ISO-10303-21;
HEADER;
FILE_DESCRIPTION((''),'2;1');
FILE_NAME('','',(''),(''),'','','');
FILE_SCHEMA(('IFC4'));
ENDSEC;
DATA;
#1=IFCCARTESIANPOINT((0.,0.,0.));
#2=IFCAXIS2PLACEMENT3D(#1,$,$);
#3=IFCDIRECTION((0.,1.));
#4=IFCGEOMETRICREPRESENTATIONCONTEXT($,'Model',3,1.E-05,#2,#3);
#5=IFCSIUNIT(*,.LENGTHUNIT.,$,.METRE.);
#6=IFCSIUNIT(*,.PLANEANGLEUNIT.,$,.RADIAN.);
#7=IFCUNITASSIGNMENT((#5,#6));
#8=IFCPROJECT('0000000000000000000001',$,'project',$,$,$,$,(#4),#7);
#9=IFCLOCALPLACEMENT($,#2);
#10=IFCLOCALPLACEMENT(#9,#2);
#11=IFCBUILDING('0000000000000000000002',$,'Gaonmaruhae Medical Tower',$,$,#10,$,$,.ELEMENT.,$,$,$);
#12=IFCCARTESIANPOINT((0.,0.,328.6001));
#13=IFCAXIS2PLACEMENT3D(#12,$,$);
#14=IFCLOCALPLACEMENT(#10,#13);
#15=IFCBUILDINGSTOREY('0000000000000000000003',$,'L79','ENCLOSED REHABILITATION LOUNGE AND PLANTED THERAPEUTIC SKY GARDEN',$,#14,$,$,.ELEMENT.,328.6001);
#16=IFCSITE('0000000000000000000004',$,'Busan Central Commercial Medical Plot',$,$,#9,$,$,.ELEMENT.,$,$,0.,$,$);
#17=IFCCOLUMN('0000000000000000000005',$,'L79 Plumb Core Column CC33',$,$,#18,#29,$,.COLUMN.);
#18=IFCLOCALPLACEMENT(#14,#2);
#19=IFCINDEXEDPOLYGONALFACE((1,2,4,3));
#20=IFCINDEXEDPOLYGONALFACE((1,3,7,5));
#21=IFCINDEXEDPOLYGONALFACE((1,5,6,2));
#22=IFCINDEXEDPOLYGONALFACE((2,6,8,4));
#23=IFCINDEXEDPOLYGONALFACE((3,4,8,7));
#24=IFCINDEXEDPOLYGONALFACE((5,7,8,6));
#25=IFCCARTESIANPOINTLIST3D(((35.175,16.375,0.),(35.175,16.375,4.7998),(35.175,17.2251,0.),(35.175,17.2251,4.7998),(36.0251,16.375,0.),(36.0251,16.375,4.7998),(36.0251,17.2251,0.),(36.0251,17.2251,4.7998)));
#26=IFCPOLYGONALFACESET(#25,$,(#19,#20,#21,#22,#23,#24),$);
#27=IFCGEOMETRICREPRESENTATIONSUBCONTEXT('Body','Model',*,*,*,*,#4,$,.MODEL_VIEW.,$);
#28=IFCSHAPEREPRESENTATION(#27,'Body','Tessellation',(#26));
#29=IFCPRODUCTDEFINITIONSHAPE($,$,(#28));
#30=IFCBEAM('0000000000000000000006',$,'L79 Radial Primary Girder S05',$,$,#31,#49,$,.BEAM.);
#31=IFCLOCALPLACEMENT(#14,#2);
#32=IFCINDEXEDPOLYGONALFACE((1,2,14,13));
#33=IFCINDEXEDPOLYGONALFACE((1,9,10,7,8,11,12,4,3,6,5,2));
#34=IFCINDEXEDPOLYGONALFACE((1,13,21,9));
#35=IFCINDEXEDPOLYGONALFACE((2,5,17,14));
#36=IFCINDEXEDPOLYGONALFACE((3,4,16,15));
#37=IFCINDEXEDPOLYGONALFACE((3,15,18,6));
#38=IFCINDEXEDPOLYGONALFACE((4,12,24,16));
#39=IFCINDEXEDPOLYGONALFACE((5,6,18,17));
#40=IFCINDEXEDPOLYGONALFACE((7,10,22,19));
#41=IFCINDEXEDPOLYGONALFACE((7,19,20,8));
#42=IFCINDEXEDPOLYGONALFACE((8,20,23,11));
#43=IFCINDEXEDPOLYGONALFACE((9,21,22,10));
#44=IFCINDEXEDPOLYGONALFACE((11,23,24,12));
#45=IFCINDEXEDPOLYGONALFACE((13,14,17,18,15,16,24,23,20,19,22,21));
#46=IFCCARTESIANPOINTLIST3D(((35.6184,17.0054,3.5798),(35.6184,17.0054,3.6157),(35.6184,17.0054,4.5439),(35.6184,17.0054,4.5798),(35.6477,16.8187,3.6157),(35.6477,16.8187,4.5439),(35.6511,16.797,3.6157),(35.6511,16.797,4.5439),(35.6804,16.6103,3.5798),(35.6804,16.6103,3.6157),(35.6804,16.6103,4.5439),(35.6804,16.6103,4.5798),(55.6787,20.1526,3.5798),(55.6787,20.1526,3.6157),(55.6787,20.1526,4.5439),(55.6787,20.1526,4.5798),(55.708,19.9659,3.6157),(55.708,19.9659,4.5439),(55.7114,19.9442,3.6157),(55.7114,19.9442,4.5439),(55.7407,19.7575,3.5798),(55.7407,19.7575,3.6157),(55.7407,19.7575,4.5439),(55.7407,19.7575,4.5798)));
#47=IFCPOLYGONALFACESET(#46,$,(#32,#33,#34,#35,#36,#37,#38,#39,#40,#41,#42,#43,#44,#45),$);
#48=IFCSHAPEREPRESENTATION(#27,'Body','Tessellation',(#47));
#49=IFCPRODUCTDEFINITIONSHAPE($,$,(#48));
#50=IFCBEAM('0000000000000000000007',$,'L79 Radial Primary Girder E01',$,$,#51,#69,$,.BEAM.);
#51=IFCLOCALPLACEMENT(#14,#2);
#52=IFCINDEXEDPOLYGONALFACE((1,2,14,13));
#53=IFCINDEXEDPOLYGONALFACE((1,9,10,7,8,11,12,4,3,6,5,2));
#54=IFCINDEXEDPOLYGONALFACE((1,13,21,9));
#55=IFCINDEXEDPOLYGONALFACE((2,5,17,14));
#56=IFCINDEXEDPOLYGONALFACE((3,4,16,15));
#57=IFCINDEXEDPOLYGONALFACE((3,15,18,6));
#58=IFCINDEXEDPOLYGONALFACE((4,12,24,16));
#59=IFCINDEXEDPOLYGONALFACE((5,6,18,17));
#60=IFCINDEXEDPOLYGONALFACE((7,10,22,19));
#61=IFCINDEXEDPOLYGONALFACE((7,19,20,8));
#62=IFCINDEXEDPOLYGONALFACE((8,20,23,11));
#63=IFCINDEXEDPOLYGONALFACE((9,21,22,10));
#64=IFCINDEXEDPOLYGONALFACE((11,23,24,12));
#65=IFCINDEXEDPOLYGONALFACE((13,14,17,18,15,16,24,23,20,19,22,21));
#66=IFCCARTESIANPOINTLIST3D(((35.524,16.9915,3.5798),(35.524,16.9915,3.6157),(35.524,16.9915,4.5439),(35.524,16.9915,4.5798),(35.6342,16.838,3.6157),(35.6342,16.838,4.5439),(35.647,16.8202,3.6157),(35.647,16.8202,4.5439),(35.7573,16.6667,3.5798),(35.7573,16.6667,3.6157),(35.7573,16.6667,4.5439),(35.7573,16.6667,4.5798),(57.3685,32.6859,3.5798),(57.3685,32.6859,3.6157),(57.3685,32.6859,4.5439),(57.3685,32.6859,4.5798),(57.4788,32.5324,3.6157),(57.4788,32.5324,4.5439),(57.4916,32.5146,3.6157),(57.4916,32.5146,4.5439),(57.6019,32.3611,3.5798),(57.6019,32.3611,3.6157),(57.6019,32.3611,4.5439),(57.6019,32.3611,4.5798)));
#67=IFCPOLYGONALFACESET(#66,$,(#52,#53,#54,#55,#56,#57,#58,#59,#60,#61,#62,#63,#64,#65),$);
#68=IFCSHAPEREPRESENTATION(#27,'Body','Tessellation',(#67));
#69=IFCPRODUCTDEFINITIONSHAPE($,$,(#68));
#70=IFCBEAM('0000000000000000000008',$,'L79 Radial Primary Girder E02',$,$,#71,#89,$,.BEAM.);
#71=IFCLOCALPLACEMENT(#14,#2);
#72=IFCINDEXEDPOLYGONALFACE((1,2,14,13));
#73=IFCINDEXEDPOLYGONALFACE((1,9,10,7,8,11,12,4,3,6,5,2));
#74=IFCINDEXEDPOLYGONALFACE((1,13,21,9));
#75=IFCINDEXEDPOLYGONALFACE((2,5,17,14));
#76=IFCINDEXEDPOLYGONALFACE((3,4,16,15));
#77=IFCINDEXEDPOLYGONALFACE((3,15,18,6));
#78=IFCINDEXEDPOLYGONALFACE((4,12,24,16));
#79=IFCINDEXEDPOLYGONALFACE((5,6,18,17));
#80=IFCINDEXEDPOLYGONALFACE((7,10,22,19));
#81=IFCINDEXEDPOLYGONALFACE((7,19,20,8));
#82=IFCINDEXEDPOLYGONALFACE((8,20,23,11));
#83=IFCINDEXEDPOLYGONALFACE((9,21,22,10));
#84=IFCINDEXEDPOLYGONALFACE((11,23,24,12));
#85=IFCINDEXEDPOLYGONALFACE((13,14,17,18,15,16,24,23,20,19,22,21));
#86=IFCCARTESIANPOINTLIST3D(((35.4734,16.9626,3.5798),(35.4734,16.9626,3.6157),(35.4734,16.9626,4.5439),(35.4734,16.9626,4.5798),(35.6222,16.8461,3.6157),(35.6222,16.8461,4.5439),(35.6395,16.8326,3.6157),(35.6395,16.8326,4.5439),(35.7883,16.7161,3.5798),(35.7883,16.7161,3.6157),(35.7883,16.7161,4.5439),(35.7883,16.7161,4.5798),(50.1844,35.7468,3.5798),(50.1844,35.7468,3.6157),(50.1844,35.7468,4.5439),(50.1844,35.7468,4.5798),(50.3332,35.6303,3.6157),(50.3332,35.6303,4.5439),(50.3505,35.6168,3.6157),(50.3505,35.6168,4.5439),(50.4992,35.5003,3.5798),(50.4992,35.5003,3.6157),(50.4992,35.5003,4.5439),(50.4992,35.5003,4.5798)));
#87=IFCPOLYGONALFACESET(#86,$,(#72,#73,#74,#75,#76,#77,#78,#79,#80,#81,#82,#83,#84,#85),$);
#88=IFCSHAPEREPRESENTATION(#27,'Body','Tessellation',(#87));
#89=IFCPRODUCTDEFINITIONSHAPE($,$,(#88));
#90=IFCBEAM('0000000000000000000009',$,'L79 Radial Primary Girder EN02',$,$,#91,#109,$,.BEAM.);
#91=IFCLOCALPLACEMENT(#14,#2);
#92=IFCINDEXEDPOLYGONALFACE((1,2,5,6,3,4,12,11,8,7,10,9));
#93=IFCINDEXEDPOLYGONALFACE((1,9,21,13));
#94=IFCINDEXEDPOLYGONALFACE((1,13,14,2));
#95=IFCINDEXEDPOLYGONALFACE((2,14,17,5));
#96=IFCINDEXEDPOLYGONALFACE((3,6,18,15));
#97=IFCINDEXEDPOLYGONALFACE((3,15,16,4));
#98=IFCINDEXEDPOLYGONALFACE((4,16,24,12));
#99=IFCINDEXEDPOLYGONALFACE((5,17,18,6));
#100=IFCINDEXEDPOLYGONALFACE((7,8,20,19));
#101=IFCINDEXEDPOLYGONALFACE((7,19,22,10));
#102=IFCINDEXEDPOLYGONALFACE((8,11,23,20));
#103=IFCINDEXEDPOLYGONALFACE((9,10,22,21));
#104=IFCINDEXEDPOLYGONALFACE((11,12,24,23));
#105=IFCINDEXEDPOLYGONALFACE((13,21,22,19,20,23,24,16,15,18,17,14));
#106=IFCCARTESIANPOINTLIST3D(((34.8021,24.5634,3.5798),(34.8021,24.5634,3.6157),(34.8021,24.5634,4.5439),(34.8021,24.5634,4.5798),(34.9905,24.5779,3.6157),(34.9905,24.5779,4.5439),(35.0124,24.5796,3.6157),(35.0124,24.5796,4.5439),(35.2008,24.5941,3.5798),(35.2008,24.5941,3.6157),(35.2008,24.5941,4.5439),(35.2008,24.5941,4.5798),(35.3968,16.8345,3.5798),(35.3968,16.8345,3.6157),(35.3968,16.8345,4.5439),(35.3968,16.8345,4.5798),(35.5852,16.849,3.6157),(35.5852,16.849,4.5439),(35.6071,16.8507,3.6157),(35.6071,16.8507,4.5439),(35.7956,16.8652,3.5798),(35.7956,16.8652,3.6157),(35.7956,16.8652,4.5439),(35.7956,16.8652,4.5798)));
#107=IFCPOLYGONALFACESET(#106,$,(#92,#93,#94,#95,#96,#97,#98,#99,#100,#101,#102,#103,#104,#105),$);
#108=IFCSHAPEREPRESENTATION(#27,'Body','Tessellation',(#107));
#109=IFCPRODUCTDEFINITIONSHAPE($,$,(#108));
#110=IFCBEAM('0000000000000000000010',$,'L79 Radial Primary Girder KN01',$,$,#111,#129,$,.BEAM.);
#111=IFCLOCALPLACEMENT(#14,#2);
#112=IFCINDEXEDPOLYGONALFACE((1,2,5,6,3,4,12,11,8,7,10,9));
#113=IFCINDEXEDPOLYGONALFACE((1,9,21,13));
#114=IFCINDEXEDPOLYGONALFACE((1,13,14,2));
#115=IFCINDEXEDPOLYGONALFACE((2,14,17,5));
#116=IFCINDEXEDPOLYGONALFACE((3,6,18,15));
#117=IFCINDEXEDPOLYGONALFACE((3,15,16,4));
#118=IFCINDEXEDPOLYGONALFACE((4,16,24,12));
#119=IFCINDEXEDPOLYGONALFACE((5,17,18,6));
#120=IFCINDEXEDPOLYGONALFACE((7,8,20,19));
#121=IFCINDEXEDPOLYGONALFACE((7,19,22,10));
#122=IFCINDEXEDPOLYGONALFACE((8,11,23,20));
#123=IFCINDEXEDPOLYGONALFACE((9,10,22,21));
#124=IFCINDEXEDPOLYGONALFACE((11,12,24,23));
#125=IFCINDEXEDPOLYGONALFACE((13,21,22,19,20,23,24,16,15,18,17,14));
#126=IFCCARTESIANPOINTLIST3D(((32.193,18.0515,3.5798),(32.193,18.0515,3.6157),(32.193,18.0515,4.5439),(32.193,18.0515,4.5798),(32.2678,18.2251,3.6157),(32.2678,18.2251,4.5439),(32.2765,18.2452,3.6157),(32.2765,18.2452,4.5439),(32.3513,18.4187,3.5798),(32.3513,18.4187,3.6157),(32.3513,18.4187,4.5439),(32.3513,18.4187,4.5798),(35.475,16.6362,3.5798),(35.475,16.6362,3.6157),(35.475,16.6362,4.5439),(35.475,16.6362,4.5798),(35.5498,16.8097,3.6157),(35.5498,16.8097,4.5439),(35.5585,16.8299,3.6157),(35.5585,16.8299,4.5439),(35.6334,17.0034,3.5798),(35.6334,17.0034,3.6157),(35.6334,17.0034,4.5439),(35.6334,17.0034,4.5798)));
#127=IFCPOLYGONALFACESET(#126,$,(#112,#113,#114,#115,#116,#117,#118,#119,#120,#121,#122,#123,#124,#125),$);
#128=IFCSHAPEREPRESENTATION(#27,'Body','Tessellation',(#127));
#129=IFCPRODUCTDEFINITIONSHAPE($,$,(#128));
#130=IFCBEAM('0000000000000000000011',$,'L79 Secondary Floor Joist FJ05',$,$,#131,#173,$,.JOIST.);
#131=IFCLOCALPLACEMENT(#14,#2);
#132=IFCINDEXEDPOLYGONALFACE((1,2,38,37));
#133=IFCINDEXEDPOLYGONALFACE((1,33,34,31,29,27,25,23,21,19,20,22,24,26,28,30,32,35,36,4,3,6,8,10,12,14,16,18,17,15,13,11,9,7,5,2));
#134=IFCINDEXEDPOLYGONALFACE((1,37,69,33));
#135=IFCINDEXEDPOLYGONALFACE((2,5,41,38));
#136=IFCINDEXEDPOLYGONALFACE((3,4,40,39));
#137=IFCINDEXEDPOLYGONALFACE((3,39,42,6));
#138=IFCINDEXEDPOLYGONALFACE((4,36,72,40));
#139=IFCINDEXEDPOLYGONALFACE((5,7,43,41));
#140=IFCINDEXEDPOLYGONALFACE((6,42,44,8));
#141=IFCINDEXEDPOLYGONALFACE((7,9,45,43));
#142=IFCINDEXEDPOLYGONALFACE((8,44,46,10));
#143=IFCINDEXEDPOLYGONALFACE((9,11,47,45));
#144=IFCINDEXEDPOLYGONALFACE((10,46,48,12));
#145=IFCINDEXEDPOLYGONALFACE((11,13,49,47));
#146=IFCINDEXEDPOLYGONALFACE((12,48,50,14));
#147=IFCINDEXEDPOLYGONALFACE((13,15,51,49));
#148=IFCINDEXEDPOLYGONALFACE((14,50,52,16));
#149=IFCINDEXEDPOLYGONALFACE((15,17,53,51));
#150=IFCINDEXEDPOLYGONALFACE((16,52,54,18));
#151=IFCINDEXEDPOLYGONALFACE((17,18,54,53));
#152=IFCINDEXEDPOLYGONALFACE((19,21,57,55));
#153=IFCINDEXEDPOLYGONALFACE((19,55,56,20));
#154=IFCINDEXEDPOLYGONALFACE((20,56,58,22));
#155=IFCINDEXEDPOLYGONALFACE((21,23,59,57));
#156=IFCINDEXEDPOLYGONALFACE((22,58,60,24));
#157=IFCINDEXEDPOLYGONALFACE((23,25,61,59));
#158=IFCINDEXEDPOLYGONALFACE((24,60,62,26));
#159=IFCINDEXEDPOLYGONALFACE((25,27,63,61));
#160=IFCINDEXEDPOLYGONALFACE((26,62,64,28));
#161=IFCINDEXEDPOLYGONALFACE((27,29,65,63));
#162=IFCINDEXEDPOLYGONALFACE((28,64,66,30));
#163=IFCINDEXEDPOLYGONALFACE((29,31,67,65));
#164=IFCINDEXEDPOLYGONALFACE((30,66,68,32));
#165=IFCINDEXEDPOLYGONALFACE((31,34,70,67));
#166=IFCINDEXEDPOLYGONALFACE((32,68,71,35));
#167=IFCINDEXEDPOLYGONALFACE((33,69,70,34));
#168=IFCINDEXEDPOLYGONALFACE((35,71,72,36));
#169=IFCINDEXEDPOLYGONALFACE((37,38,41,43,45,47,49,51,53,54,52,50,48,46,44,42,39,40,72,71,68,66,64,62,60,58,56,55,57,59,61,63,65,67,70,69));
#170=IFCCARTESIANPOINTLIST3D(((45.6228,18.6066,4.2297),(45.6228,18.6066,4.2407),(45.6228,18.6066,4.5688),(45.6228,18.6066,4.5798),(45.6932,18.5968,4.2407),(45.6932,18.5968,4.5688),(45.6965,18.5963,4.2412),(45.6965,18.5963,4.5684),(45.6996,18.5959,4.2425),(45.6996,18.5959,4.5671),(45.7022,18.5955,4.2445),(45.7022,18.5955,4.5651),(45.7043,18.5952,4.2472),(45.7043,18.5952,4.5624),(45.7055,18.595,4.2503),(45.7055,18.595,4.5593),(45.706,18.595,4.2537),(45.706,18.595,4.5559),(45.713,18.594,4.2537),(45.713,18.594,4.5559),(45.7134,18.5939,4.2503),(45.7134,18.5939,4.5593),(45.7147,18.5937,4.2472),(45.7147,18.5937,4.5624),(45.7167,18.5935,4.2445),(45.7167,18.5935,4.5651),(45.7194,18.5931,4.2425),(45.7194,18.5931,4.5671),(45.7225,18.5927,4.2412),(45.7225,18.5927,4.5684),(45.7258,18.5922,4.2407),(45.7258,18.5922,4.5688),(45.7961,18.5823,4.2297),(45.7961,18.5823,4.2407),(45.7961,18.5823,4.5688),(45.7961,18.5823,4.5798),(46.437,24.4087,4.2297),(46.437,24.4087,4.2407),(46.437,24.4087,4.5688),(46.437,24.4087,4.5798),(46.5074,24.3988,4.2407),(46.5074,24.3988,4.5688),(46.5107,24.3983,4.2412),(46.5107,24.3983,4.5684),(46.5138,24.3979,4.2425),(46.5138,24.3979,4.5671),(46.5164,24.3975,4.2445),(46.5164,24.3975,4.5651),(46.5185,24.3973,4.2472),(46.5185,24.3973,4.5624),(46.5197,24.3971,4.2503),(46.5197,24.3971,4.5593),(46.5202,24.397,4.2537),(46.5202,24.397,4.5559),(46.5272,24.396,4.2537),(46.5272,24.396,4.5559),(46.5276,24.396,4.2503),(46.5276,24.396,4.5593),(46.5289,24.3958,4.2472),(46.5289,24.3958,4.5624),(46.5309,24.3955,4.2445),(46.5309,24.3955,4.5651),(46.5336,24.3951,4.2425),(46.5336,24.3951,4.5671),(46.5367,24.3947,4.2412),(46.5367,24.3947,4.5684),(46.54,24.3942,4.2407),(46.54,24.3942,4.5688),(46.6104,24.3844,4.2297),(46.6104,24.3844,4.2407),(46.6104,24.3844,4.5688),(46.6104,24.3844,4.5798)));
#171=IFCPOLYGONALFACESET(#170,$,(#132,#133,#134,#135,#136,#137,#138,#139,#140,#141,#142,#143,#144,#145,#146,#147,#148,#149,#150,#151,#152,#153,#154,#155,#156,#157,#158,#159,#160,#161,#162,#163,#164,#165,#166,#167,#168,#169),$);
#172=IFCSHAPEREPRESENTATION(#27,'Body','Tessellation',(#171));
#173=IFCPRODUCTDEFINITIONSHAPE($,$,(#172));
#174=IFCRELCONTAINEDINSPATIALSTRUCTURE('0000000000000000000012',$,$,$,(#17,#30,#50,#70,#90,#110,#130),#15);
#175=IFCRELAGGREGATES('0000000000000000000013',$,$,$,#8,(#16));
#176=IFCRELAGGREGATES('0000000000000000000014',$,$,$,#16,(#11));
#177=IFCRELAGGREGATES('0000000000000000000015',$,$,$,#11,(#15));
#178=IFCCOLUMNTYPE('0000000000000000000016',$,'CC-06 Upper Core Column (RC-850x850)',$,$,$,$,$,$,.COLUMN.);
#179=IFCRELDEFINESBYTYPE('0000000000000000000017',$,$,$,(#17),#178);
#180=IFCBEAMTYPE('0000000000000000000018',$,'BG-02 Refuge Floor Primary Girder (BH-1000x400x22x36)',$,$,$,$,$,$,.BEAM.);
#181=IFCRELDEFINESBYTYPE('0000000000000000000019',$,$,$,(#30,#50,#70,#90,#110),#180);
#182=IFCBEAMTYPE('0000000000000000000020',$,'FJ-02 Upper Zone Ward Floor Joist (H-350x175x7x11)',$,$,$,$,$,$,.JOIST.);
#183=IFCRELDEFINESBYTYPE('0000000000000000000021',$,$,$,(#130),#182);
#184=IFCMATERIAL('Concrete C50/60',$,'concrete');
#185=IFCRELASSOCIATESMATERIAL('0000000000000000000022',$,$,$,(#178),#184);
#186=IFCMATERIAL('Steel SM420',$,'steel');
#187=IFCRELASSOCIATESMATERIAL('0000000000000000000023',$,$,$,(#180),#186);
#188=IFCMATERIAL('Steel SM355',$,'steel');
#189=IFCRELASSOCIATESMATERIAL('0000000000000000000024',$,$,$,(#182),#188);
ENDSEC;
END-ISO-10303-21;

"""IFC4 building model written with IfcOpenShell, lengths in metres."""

from ifc_helpers import new_model, si_unit, direction, frame, origin, origin_2d, place, context, subcontext, project, spatial, rectangle, i_section, extrude, material, material_profile, profile_set, type_object, element, save


model = new_model("IFC4")

# Units and contexts
model_context = context("Model", 3, precision=1e-05, world=origin(), true_north=direction((0.0, 1.0)))
body_context = subcontext(model_context, "Body", "Model", "MODEL_VIEW")
ifc_project = project(units=[si_unit("LENGTHUNIT", "METRE"), si_unit("PLANEANGLEUNIT", "RADIAN")], contexts=[model_context])

# Site, building, storey
site_placement = place(None, origin())
site = spatial("IfcSite", under=ifc_project, at=site_placement, Name="Busan Central Commercial Medical Plot", CompositionType="ELEMENT", RefElevation=0.0)
building_placement = place(site_placement, origin())
building = spatial("IfcBuilding", under=site, at=building_placement, Name="Gaonmaruhae Medical Tower", CompositionType="ELEMENT")
storey_placement = place(building_placement, frame((0.0, 0.0, 328.6001)))
storey = spatial("IfcBuildingStorey", under=building, at=storey_placement, Name="L79", Description="ENCLOSED REHABILITATION LOUNGE AND PLANTED THERAPEUTIC SKY GARDEN", CompositionType="ELEMENT", Elevation=328.6001)

# Column
ifc_material_1 = material(Name="Concrete C50/60", Category="concrete")
ifc_material_profile_1 = material_profile(ifc_material_1, rectangle(XDim=0.8501, YDim=0.8501, at=origin_2d()), Name="RC-850x850")
ifc_profile_set_1 = profile_set([ifc_material_profile_1], Name="Concrete C50/60")
column_type = type_object("IfcColumnType", Name="CC-06 Upper Core Column (RC-850x850)", PredefinedType="COLUMN", material=ifc_profile_set_1)
column_placement = place(storey_placement, frame((35.6001, 16.8, 0.0), z_axis=(0.0, 0.0, 1.0), x_axis=(1.0, 0.0, 0.0)))
element("IfcColumn", 1, at=column_placement, inside=storey, type_object=column_type, Name="L79 Plumb Core Column CC33", PredefinedType="COLUMN", context=body_context, shape_type="SweptSolid", body=[
    extrude(rectangle(XDim=0.8501, YDim=0.8501, at=origin_2d()), origin(), (0.0, 0.0, 1.0), 4.7998),
])

# Beams
ifc_material_2 = material(Name="Steel SM420", Category="steel")
ifc_material_profile_2 = material_profile(ifc_material_2, i_section(OverallWidth=0.3999, OverallDepth=1.0, WebThickness=0.022, FlangeThickness=0.0359, at=origin_2d()), Name="BH-1000x400x22x36")
ifc_profile_set_2 = profile_set([ifc_material_profile_2], Name="Steel SM420")
beam_type_1 = type_object("IfcBeamType", Name="BG-02 Refuge Floor Primary Girder (BH-1000x400x22x36)", PredefinedType="BEAM", material=ifc_profile_set_2)
beam_1_placement = place(storey_placement, frame((35.6494, 16.8079, 4.0798), z_axis=(0.987916, 0.154992, 0.0), x_axis=(-0.154992, 0.987916, 0.0)))
element("IfcBeam", 2, at=beam_1_placement, inside=storey, type_object=beam_type_1, Name="L79 Radial Primary Girder S05", PredefinedType="BEAM", context=body_context, shape_type="SweptSolid", body=[
    extrude(i_section(OverallWidth=0.3999, OverallDepth=1.0, WebThickness=0.022, FlangeThickness=0.0359, at=origin_2d()), origin(), (0.0, 0.0, 1.0), 20.3057),
])
beam_2_placement = place(storey_placement, frame((35.6406, 16.8291, 4.0798), z_axis=(0.812128, 0.583479, 0.0), x_axis=(-0.583479, 0.812128, 0.0)))
element("IfcBeam", 3, at=beam_2_placement, inside=storey, type_object=beam_type_1, Name="L79 Radial Primary Girder E01", PredefinedType="BEAM", context=body_context, shape_type="SweptSolid", body=[
    extrude(i_section(OverallWidth=0.3999, OverallDepth=1.0, WebThickness=0.022, FlangeThickness=0.0359, at=origin_2d()), origin(), (0.0, 0.0, 1.0), 26.8979),
])
beam_3_placement = place(storey_placement, frame((35.6309, 16.8394, 4.0798), z_axis=(0.616575, 0.787296, 0.0), x_axis=(-0.787296, 0.616575, 0.0)))
element("IfcBeam", 4, at=beam_3_placement, inside=storey, type_object=beam_type_1, Name="L79 Radial Primary Girder E02", PredefinedType="BEAM", context=body_context, shape_type="SweptSolid", body=[
    extrude(i_section(OverallWidth=0.3999, OverallDepth=1.0, WebThickness=0.022, FlangeThickness=0.0359, at=origin_2d()), origin(), (0.0, 0.0, 1.0), 23.8591),
])
beam_4_placement = place(storey_placement, frame((35.5962, 16.8499, 4.0798), z_axis=(-0.076723, 0.997052, 0.0), x_axis=(-0.997052, -0.076723, 0.0)))
element("IfcBeam", 5, at=beam_4_placement, inside=storey, type_object=beam_type_1, Name="L79 Radial Primary Girder EN02", PredefinedType="BEAM", context=body_context, shape_type="SweptSolid", body=[
    extrude(i_section(OverallWidth=0.3999, OverallDepth=1.0, WebThickness=0.022, FlangeThickness=0.0359, at=origin_2d()), origin(), (0.0, 0.0, 1.0), 7.7517),
])
beam_5_placement = place(storey_placement, frame((35.5542, 16.8198, 4.0798), z_axis=(-0.918259, 0.395979, 0.0), x_axis=(-0.395979, -0.918259, 0.0)))
element("IfcBeam", 6, at=beam_5_placement, inside=storey, type_object=beam_type_1, Name="L79 Radial Primary Girder KN01", PredefinedType="BEAM", context=body_context, shape_type="SweptSolid", body=[
    extrude(i_section(OverallWidth=0.3999, OverallDepth=1.0, WebThickness=0.022, FlangeThickness=0.0359, at=origin_2d()), origin(), (0.0, 0.0, 1.0), 3.5742),
])
ifc_material_3 = material(Name="Steel SM355", Category="steel")
ifc_material_profile_3 = material_profile(ifc_material_3, i_section(OverallWidth=0.175, OverallDepth=0.3501, WebThickness=0.0071, FlangeThickness=0.011, FilletRadius=0.0129, at=origin_2d()), Name="H-350x175x7x11")
ifc_profile_set_3 = profile_set([ifc_material_profile_3], Name="Steel SM355")
beam_type_2 = type_object("IfcBeamType", Name="FJ-02 Upper Zone Ward Floor Joist (H-350x175x7x11)", PredefinedType="JOIST", material=ifc_profile_set_3)
beam_6_placement = place(storey_placement, frame((45.7095, 18.5945, 4.4048), z_axis=(0.138971, 0.990296, 0.0), x_axis=(-0.990296, 0.138971, 0.0)))
element("IfcBeam", 7, at=beam_6_placement, inside=storey, type_object=beam_type_2, Name="L79 Secondary Floor Joist FJ05", PredefinedType="JOIST", context=body_context, shape_type="SweptSolid", body=[
    extrude(i_section(OverallWidth=0.175, OverallDepth=0.3501, WebThickness=0.0071, FlangeThickness=0.011, FilletRadius=0.0129, at=origin_2d()), origin(), (0.0, 0.0, 1.0), 5.8589),
])

save(model, "model.ifc")
